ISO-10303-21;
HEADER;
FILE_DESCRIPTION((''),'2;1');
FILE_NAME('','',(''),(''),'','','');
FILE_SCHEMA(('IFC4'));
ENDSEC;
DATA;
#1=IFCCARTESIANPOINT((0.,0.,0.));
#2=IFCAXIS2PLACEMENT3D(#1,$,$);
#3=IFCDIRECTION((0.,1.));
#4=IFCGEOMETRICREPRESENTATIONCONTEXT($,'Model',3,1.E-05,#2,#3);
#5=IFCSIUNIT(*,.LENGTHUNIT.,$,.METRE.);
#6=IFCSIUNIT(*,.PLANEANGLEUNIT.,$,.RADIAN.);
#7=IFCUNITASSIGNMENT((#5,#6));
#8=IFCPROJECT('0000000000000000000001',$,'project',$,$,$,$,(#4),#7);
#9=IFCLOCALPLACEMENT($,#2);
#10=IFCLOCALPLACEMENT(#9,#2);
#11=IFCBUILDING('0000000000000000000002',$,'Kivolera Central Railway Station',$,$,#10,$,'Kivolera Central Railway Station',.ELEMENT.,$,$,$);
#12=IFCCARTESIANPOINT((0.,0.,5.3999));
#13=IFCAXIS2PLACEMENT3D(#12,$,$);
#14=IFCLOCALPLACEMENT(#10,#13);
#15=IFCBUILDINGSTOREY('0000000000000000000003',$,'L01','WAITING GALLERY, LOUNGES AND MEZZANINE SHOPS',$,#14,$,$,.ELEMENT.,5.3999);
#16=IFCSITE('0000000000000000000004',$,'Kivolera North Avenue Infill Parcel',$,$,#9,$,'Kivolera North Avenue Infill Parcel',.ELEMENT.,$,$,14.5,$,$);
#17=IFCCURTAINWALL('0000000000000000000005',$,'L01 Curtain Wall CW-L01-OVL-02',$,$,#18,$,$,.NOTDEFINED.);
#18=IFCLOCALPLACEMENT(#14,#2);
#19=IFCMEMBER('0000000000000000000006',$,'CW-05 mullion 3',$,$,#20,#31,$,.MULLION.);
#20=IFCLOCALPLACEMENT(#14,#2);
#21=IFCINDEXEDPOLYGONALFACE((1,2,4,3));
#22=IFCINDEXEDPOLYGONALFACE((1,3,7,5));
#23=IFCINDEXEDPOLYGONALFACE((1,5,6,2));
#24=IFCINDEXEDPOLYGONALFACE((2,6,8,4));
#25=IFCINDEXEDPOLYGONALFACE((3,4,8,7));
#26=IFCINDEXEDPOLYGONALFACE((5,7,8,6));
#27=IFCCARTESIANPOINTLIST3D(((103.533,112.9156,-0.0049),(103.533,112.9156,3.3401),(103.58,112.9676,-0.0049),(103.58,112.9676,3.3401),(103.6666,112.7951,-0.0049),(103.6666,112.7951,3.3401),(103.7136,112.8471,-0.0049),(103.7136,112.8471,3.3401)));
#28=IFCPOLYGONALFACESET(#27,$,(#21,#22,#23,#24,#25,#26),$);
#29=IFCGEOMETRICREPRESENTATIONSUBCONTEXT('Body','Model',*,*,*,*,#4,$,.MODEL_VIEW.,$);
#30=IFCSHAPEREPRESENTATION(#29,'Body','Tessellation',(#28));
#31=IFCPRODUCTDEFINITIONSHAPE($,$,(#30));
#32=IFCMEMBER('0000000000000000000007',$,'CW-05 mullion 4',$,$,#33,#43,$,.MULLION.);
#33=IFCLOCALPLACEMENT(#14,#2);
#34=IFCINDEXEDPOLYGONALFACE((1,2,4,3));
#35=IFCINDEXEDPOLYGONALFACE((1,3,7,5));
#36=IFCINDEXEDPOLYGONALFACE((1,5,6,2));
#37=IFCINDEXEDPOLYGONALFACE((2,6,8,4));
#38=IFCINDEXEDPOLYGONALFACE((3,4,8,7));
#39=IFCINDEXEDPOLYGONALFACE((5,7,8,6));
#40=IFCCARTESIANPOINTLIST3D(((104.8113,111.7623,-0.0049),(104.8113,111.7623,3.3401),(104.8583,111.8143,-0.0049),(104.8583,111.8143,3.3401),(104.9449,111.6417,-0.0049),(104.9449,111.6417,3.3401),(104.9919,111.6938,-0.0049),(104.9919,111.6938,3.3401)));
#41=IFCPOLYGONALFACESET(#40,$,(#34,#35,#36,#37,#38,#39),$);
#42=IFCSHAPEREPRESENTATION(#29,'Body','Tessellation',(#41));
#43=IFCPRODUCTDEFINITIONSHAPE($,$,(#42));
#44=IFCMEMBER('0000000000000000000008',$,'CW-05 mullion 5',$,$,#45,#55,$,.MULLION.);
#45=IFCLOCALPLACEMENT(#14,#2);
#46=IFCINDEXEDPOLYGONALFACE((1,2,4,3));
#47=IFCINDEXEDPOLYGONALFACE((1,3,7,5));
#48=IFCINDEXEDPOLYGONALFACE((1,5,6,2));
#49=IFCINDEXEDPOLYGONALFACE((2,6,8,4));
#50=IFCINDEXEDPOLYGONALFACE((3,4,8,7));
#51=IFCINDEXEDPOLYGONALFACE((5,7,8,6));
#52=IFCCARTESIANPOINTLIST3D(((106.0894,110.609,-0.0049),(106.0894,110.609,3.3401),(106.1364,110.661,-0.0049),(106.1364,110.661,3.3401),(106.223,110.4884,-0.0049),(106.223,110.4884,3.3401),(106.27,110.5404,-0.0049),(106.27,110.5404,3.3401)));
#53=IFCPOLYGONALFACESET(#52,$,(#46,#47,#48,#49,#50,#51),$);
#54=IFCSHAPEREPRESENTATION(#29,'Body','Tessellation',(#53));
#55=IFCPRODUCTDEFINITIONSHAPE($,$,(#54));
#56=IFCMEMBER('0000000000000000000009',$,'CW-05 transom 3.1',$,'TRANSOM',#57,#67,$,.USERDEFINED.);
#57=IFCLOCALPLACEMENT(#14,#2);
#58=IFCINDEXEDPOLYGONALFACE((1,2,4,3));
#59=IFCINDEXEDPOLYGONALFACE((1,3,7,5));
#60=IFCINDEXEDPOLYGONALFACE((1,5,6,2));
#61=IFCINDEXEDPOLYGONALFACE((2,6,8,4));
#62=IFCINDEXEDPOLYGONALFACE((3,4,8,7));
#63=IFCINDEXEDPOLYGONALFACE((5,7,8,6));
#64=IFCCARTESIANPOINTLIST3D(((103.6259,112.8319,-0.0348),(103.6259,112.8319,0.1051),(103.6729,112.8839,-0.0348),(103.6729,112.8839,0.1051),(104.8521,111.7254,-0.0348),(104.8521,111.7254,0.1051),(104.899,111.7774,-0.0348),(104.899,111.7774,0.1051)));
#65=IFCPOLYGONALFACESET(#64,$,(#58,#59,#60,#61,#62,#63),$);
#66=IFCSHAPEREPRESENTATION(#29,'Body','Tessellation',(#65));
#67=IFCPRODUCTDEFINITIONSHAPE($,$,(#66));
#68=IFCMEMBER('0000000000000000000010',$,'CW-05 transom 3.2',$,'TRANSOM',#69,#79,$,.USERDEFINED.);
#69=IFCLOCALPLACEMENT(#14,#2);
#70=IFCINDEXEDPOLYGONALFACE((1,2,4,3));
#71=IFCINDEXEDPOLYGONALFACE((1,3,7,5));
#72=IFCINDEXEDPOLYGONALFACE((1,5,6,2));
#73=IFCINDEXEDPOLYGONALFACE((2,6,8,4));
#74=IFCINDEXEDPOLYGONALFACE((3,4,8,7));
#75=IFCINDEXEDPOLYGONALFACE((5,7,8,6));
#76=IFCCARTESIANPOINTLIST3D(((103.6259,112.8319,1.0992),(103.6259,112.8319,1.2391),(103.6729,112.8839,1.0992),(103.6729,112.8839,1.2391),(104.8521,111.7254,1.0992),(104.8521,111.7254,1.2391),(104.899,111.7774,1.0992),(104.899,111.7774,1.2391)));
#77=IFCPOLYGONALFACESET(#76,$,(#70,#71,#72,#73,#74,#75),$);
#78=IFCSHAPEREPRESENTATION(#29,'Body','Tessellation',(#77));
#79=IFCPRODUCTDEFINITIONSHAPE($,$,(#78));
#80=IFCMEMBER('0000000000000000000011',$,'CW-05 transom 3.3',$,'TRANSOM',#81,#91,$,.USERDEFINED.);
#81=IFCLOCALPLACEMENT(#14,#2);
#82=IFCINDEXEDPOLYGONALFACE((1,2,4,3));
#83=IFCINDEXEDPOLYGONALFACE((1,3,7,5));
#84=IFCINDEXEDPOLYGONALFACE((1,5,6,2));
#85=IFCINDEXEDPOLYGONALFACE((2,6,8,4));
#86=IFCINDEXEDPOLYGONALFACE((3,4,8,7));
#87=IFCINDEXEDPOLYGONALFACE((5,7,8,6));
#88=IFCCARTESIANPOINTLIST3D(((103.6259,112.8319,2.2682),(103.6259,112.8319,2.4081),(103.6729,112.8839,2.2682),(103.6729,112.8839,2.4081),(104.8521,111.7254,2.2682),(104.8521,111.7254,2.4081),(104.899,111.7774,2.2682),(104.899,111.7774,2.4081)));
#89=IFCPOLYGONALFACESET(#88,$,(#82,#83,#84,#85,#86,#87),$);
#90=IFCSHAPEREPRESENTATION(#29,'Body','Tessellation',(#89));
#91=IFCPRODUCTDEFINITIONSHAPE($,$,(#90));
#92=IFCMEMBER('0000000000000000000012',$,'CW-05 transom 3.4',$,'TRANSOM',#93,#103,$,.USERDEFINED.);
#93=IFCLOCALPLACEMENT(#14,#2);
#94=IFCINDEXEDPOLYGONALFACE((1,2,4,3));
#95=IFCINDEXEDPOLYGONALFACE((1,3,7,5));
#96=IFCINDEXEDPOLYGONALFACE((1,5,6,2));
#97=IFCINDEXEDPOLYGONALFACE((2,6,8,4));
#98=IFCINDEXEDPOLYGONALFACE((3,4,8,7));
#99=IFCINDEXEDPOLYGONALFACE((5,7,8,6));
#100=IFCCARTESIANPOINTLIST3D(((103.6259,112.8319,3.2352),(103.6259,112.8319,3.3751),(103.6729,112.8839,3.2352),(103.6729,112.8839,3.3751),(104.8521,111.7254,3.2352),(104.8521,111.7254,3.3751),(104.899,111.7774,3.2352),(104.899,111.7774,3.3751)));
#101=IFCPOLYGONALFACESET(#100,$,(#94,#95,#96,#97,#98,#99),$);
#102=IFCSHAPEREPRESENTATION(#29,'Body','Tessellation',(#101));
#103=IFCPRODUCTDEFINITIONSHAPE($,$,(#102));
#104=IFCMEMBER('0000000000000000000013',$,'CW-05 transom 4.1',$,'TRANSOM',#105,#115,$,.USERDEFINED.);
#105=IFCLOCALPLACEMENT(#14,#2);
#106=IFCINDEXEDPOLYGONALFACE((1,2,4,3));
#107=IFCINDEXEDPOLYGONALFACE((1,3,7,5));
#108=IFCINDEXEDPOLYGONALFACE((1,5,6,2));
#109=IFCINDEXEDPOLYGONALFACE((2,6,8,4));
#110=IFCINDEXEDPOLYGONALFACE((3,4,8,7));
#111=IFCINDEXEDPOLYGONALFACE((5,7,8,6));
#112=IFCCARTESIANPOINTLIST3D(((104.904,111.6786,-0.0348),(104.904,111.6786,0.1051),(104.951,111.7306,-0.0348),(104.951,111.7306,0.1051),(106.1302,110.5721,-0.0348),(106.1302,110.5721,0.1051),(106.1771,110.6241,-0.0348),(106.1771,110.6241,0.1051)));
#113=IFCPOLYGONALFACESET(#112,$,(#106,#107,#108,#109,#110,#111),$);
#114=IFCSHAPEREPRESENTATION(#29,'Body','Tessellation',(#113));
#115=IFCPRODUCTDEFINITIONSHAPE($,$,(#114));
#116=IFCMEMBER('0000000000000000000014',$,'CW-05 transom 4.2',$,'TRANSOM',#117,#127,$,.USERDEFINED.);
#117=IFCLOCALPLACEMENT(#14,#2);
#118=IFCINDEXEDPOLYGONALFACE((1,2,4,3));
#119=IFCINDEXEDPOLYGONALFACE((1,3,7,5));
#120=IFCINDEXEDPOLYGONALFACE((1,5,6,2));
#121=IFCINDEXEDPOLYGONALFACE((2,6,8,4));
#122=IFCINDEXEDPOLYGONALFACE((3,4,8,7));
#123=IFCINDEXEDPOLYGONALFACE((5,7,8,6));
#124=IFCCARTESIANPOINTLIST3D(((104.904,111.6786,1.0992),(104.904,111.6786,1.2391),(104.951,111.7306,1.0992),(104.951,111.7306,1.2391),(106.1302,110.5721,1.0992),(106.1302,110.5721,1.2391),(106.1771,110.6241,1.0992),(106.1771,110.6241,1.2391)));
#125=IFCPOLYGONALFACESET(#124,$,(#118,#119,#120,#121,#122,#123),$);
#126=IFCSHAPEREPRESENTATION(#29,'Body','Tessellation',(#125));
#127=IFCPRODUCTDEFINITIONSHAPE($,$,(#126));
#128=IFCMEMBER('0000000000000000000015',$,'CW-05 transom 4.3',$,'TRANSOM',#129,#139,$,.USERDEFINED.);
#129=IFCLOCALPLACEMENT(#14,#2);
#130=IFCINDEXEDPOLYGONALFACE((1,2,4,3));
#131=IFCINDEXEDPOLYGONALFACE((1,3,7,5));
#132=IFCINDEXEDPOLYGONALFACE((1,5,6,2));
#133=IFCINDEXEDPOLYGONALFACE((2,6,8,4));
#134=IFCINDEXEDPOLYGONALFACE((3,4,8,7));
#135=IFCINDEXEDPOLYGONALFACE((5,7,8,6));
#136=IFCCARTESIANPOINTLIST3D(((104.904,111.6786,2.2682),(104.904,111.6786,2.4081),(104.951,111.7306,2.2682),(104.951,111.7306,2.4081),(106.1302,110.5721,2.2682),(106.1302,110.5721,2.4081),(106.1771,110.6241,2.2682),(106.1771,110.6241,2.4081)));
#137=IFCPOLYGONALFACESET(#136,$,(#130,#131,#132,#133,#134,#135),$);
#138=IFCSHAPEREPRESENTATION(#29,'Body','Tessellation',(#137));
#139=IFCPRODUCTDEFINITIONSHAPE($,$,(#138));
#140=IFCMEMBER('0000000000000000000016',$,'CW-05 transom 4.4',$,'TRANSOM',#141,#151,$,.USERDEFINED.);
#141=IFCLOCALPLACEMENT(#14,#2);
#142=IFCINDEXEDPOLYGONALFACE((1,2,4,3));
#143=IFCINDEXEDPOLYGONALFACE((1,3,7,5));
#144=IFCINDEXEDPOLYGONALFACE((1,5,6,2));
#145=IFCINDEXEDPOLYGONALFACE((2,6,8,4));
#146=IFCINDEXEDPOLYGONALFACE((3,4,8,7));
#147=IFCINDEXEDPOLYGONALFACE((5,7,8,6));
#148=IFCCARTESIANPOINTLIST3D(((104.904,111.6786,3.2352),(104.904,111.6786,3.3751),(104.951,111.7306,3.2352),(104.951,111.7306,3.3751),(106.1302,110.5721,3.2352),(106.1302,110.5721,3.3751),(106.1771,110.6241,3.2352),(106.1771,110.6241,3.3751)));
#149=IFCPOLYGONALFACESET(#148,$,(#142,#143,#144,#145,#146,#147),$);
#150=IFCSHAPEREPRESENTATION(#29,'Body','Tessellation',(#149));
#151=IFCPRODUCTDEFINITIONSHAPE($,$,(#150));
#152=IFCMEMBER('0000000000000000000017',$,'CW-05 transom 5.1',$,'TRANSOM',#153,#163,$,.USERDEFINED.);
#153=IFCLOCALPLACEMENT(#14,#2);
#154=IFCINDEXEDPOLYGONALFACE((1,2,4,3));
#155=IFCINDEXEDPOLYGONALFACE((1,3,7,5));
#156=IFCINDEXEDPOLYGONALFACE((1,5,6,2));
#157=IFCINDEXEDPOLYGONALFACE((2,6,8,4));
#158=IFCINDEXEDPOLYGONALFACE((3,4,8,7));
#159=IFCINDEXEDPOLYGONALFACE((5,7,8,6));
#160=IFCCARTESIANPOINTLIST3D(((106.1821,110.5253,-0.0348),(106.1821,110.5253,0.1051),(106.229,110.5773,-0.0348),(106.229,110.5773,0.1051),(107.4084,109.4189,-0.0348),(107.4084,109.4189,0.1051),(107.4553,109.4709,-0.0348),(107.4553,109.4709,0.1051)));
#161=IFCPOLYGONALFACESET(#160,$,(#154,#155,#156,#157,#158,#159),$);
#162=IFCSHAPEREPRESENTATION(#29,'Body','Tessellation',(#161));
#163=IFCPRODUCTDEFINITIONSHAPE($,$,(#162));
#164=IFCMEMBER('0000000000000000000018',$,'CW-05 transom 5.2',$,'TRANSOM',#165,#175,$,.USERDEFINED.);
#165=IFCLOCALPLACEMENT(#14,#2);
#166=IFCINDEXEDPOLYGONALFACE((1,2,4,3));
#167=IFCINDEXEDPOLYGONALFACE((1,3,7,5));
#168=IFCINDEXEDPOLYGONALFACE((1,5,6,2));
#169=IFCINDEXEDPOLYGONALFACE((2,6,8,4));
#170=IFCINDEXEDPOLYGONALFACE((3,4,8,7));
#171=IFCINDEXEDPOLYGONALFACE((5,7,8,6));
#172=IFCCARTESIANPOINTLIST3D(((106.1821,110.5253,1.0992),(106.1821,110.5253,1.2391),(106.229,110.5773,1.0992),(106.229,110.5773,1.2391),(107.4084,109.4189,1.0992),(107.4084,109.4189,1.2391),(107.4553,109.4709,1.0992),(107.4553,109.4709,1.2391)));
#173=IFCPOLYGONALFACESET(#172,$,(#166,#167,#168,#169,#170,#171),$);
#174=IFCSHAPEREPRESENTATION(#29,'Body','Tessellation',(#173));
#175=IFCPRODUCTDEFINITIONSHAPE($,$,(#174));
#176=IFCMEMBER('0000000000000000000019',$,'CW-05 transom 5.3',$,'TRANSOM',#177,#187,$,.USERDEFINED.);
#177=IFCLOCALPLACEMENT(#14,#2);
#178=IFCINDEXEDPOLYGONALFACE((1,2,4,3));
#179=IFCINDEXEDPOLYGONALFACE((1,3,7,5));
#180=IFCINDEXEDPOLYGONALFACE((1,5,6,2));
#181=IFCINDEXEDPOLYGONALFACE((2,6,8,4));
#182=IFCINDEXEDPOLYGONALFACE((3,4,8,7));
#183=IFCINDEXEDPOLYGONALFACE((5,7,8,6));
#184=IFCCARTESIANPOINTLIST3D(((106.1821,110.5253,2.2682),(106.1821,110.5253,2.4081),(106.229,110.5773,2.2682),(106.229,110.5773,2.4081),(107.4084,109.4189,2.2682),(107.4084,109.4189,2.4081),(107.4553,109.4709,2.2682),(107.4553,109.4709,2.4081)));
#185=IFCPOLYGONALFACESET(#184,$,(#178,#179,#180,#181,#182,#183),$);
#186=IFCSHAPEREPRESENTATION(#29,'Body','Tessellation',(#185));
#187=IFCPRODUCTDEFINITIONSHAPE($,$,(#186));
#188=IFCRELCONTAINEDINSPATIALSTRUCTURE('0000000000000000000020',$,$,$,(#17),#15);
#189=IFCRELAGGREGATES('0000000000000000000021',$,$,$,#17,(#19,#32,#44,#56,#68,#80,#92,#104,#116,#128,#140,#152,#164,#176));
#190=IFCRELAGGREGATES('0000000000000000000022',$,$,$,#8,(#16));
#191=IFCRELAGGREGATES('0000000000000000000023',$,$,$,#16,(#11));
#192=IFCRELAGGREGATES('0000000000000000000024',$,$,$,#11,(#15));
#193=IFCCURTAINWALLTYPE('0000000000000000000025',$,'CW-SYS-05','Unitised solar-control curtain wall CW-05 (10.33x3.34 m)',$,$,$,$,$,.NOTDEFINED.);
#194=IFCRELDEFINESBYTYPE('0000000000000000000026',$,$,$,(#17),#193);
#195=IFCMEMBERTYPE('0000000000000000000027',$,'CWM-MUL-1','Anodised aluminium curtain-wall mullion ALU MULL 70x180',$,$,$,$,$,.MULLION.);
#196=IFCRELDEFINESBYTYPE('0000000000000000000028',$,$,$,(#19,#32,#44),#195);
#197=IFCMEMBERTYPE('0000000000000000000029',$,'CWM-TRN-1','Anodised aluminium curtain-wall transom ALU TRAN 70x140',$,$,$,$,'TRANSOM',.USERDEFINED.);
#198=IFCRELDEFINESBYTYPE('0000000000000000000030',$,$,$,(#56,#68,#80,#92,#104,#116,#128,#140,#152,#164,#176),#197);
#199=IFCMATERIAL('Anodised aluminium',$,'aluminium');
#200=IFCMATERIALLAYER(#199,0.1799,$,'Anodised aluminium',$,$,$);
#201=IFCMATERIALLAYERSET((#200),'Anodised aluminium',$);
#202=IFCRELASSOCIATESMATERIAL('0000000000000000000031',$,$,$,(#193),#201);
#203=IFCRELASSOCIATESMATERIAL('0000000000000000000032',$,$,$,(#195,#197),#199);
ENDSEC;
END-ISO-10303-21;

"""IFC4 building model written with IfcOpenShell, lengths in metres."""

from ifc_helpers import new_model, si_unit, direction, frame, origin, origin_2d, place, context, subcontext, project, spatial, rectangle, extrude, material, layer, layer_set, material_profile, profile_set, type_object, element, aggregate, save


model = new_model("IFC4")

# Units and contexts
model_context = context("Model", 3, precision=1e-05, world=origin(), true_north=direction((0.0, 1.0)))
body_context = subcontext(model_context, "Body", "Model", "MODEL_VIEW")
ifc_project = project(units=[si_unit("LENGTHUNIT", "METRE"), si_unit("PLANEANGLEUNIT", "RADIAN")], contexts=[model_context])

# Site, building, storey
site_placement = place(None, origin())
site = spatial("IfcSite", under=ifc_project, at=site_placement, Name="Kivolera North Avenue Infill Parcel", LongName="Kivolera North Avenue Infill Parcel", CompositionType="ELEMENT", RefElevation=14.5)
building_placement = place(site_placement, origin())
building = spatial("IfcBuilding", under=site, at=building_placement, Name="Kivolera Central Railway Station", LongName="Kivolera Central Railway Station", CompositionType="ELEMENT")
storey_placement = place(building_placement, frame((0.0, 0.0, 5.3999)))
storey = spatial("IfcBuildingStorey", under=building, at=storey_placement, Name="L01", Description="WAITING GALLERY, LOUNGES AND MEZZANINE SHOPS", CompositionType="ELEMENT", Elevation=5.3999)

# Curtain wall, members
ifc_material_1 = material(Name="Anodised aluminium", Category="aluminium")
ifc_layer_1 = layer(ifc_material_1, 0.1799, Name="Anodised aluminium")
ifc_layer_set_1 = layer_set([ifc_layer_1], Name="Anodised aluminium")
curtain_wall_type = type_object("IfcCurtainWallType", Name="CW-SYS-05", Description="Unitised solar-control curtain wall CW-05 (10.33x3.34 m)", PredefinedType="NOTDEFINED", material=ifc_layer_set_1)
curtain_wall_placement = place(storey_placement, origin())
curtain_wall = element("IfcCurtainWall", 1, at=curtain_wall_placement, inside=storey, type_object=curtain_wall_type, Name="L01 Curtain Wall CW-L01-OVL-02", PredefinedType="NOTDEFINED")
ifc_material_profile_1 = material_profile(ifc_material_1, rectangle(XDim=0.0701, YDim=0.1799, at=origin_2d()), Name="ALU MULL 70x180")
ifc_profile_set_1 = profile_set([ifc_material_profile_1], Name="Anodised aluminium")
member_type_1 = type_object("IfcMemberType", Name="CWM-MUL-1", Description="Anodised aluminium curtain-wall mullion ALU MULL 70x180", PredefinedType="MULLION", material=ifc_profile_set_1)
member_1_placement = place(storey_placement, frame((103.6233, 112.8813, -0.0049), z_axis=(0.0, 0.0, 1.0), x_axis=(0.669922, 0.742432, 0.0)))
member_1 = element("IfcMember", 2, at=member_1_placement, type_object=member_type_1, Name="CW-05 mullion 3", PredefinedType="MULLION", context=body_context, shape_type="SweptSolid", body=[
    extrude(rectangle(XDim=0.0701, YDim=0.1799, at=origin_2d()), origin(), (0.0, 0.0, 1.0), 3.345),
])
member_2_placement = place(storey_placement, frame((104.9016, 111.728, -0.0049), z_axis=(0.0, 0.0, 1.0), x_axis=(0.669922, 0.742432, 0.0)))
member_2 = element("IfcMember", 3, at=member_2_placement, type_object=member_type_1, Name="CW-05 mullion 4", PredefinedType="MULLION", context=body_context, shape_type="SweptSolid", body=[
    extrude(rectangle(XDim=0.0701, YDim=0.1799, at=origin_2d()), origin(), (0.0, 0.0, 1.0), 3.345),
])
member_3_placement = place(storey_placement, frame((106.1797, 110.5747, -0.0049), z_axis=(0.0, 0.0, 1.0), x_axis=(0.669922, 0.742432, 0.0)))
member_3 = element("IfcMember", 4, at=member_3_placement, type_object=member_type_1, Name="CW-05 mullion 5", PredefinedType="MULLION", context=body_context, shape_type="SweptSolid", body=[
    extrude(rectangle(XDim=0.0701, YDim=0.1799, at=origin_2d()), origin(), (0.0, 0.0, 1.0), 3.345),
])
ifc_material_profile_2 = material_profile(ifc_material_1, rectangle(XDim=0.0701, YDim=0.1399, at=origin_2d()), Name="ALU TRAN 70x140")
ifc_profile_set_2 = profile_set([ifc_material_profile_2], Name="Anodised aluminium")
member_type_2 = type_object("IfcMemberType", Name="CWM-TRN-1", Description="Anodised aluminium curtain-wall transom ALU TRAN 70x140", ElementType="TRANSOM", PredefinedType="USERDEFINED", material=ifc_profile_set_2)
member_4_placement = place(storey_placement, frame((103.6494, 112.8579, 0.0352), z_axis=(0.742397, -0.669961, 0.0), x_axis=(0.669961, 0.742397, 0.0)))
member_4 = element("IfcMember", 5, at=member_4_placement, type_object=member_type_2, Name="CW-05 transom 3.1", ObjectType="TRANSOM", PredefinedType="USERDEFINED", context=body_context, shape_type="SweptSolid", body=[
    extrude(rectangle(XDim=0.0701, YDim=0.1399, at=origin_2d()), origin(), (0.0, 0.0, 1.0), 1.6516),
])
member_5_placement = place(storey_placement, frame((103.6494, 112.8579, 1.1692), z_axis=(0.742397, -0.669961, 0.0), x_axis=(0.669961, 0.742397, 0.0)))
member_5 = element("IfcMember", 6, at=member_5_placement, type_object=member_type_2, Name="CW-05 transom 3.2", ObjectType="TRANSOM", PredefinedType="USERDEFINED", context=body_context, shape_type="SweptSolid", body=[
    extrude(rectangle(XDim=0.0701, YDim=0.1399, at=origin_2d()), origin(), (0.0, 0.0, 1.0), 1.6516),
])
member_6_placement = place(storey_placement, frame((103.6494, 112.8579, 2.3381), z_axis=(0.742397, -0.669961, 0.0), x_axis=(0.669961, 0.742397, 0.0)))
member_6 = element("IfcMember", 7, at=member_6_placement, type_object=member_type_2, Name="CW-05 transom 3.3", ObjectType="TRANSOM", PredefinedType="USERDEFINED", context=body_context, shape_type="SweptSolid", body=[
    extrude(rectangle(XDim=0.0701, YDim=0.1399, at=origin_2d()), origin(), (0.0, 0.0, 1.0), 1.6516),
])
member_7_placement = place(storey_placement, frame((103.6494, 112.8579, 3.3052), z_axis=(0.742397, -0.669961, 0.0), x_axis=(0.669961, 0.742397, 0.0)))
member_7 = element("IfcMember", 8, at=member_7_placement, type_object=member_type_2, Name="CW-05 transom 3.4", ObjectType="TRANSOM", PredefinedType="USERDEFINED", context=body_context, shape_type="SweptSolid", body=[
    extrude(rectangle(XDim=0.0701, YDim=0.1399, at=origin_2d()), origin(), (0.0, 0.0, 1.0), 1.6516),
])
member_8_placement = place(storey_placement, frame((104.9275, 111.7046, 0.0352), z_axis=(0.742397, -0.669961, 0.0), x_axis=(0.669961, 0.742397, 0.0)))
member_8 = element("IfcMember", 9, at=member_8_placement, type_object=member_type_2, Name="CW-05 transom 4.1", ObjectType="TRANSOM", PredefinedType="USERDEFINED", context=body_context, shape_type="SweptSolid", body=[
    extrude(rectangle(XDim=0.0701, YDim=0.1399, at=origin_2d()), origin(), (0.0, 0.0, 1.0), 1.6516),
])
member_9_placement = place(storey_placement, frame((104.9275, 111.7046, 1.1692), z_axis=(0.742397, -0.669961, 0.0), x_axis=(0.669961, 0.742397, 0.0)))
member_9 = element("IfcMember", 10, at=member_9_placement, type_object=member_type_2, Name="CW-05 transom 4.2", ObjectType="TRANSOM", PredefinedType="USERDEFINED", context=body_context, shape_type="SweptSolid", body=[
    extrude(rectangle(XDim=0.0701, YDim=0.1399, at=origin_2d()), origin(), (0.0, 0.0, 1.0), 1.6516),
])
member_10_placement = place(storey_placement, frame((104.9275, 111.7046, 2.3381), z_axis=(0.742397, -0.669961, 0.0), x_axis=(0.669961, 0.742397, 0.0)))
member_10 = element("IfcMember", 11, at=member_10_placement, type_object=member_type_2, Name="CW-05 transom 4.3", ObjectType="TRANSOM", PredefinedType="USERDEFINED", context=body_context, shape_type="SweptSolid", body=[
    extrude(rectangle(XDim=0.0701, YDim=0.1399, at=origin_2d()), origin(), (0.0, 0.0, 1.0), 1.6516),
])
member_11_placement = place(storey_placement, frame((104.9275, 111.7046, 3.3052), z_axis=(0.742397, -0.669961, 0.0), x_axis=(0.669961, 0.742397, 0.0)))
member_11 = element("IfcMember", 12, at=member_11_placement, type_object=member_type_2, Name="CW-05 transom 4.4", ObjectType="TRANSOM", PredefinedType="USERDEFINED", context=body_context, shape_type="SweptSolid", body=[
    extrude(rectangle(XDim=0.0701, YDim=0.1399, at=origin_2d()), origin(), (0.0, 0.0, 1.0), 1.6516),
])
member_12_placement = place(storey_placement, frame((106.2056, 110.5513, 0.0352), z_axis=(0.742463, -0.669887, 0.0), x_axis=(0.669887, 0.742463, 0.0)))
member_12 = element("IfcMember", 13, at=member_12_placement, type_object=member_type_2, Name="CW-05 transom 5.1", ObjectType="TRANSOM", PredefinedType="USERDEFINED", context=body_context, shape_type="SweptSolid", body=[
    extrude(rectangle(XDim=0.0701, YDim=0.1399, at=origin_2d()), origin(), (0.0, 0.0, 1.0), 1.6516),
])
member_13_placement = place(storey_placement, frame((106.2056, 110.5513, 1.1692), z_axis=(0.742463, -0.669887, 0.0), x_axis=(0.669887, 0.742463, 0.0)))
member_13 = element("IfcMember", 14, at=member_13_placement, type_object=member_type_2, Name="CW-05 transom 5.2", ObjectType="TRANSOM", PredefinedType="USERDEFINED", context=body_context, shape_type="SweptSolid", body=[
    extrude(rectangle(XDim=0.0701, YDim=0.1399, at=origin_2d()), origin(), (0.0, 0.0, 1.0), 1.6516),
])
member_14_placement = place(storey_placement, frame((106.2056, 110.5513, 2.3381), z_axis=(0.742463, -0.669887, 0.0), x_axis=(0.669887, 0.742463, 0.0)))
member_14 = element("IfcMember", 15, at=member_14_placement, type_object=member_type_2, Name="CW-05 transom 5.3", ObjectType="TRANSOM", PredefinedType="USERDEFINED", context=body_context, shape_type="SweptSolid", body=[
    extrude(rectangle(XDim=0.0701, YDim=0.1399, at=origin_2d()), origin(), (0.0, 0.0, 1.0), 1.6516),
])
aggregate(curtain_wall, [member_1, member_2, member_3, member_4, member_5, member_6, member_7, member_8, member_9, member_10, member_11, member_12, member_13, member_14])

save(model, "model.ifc")
